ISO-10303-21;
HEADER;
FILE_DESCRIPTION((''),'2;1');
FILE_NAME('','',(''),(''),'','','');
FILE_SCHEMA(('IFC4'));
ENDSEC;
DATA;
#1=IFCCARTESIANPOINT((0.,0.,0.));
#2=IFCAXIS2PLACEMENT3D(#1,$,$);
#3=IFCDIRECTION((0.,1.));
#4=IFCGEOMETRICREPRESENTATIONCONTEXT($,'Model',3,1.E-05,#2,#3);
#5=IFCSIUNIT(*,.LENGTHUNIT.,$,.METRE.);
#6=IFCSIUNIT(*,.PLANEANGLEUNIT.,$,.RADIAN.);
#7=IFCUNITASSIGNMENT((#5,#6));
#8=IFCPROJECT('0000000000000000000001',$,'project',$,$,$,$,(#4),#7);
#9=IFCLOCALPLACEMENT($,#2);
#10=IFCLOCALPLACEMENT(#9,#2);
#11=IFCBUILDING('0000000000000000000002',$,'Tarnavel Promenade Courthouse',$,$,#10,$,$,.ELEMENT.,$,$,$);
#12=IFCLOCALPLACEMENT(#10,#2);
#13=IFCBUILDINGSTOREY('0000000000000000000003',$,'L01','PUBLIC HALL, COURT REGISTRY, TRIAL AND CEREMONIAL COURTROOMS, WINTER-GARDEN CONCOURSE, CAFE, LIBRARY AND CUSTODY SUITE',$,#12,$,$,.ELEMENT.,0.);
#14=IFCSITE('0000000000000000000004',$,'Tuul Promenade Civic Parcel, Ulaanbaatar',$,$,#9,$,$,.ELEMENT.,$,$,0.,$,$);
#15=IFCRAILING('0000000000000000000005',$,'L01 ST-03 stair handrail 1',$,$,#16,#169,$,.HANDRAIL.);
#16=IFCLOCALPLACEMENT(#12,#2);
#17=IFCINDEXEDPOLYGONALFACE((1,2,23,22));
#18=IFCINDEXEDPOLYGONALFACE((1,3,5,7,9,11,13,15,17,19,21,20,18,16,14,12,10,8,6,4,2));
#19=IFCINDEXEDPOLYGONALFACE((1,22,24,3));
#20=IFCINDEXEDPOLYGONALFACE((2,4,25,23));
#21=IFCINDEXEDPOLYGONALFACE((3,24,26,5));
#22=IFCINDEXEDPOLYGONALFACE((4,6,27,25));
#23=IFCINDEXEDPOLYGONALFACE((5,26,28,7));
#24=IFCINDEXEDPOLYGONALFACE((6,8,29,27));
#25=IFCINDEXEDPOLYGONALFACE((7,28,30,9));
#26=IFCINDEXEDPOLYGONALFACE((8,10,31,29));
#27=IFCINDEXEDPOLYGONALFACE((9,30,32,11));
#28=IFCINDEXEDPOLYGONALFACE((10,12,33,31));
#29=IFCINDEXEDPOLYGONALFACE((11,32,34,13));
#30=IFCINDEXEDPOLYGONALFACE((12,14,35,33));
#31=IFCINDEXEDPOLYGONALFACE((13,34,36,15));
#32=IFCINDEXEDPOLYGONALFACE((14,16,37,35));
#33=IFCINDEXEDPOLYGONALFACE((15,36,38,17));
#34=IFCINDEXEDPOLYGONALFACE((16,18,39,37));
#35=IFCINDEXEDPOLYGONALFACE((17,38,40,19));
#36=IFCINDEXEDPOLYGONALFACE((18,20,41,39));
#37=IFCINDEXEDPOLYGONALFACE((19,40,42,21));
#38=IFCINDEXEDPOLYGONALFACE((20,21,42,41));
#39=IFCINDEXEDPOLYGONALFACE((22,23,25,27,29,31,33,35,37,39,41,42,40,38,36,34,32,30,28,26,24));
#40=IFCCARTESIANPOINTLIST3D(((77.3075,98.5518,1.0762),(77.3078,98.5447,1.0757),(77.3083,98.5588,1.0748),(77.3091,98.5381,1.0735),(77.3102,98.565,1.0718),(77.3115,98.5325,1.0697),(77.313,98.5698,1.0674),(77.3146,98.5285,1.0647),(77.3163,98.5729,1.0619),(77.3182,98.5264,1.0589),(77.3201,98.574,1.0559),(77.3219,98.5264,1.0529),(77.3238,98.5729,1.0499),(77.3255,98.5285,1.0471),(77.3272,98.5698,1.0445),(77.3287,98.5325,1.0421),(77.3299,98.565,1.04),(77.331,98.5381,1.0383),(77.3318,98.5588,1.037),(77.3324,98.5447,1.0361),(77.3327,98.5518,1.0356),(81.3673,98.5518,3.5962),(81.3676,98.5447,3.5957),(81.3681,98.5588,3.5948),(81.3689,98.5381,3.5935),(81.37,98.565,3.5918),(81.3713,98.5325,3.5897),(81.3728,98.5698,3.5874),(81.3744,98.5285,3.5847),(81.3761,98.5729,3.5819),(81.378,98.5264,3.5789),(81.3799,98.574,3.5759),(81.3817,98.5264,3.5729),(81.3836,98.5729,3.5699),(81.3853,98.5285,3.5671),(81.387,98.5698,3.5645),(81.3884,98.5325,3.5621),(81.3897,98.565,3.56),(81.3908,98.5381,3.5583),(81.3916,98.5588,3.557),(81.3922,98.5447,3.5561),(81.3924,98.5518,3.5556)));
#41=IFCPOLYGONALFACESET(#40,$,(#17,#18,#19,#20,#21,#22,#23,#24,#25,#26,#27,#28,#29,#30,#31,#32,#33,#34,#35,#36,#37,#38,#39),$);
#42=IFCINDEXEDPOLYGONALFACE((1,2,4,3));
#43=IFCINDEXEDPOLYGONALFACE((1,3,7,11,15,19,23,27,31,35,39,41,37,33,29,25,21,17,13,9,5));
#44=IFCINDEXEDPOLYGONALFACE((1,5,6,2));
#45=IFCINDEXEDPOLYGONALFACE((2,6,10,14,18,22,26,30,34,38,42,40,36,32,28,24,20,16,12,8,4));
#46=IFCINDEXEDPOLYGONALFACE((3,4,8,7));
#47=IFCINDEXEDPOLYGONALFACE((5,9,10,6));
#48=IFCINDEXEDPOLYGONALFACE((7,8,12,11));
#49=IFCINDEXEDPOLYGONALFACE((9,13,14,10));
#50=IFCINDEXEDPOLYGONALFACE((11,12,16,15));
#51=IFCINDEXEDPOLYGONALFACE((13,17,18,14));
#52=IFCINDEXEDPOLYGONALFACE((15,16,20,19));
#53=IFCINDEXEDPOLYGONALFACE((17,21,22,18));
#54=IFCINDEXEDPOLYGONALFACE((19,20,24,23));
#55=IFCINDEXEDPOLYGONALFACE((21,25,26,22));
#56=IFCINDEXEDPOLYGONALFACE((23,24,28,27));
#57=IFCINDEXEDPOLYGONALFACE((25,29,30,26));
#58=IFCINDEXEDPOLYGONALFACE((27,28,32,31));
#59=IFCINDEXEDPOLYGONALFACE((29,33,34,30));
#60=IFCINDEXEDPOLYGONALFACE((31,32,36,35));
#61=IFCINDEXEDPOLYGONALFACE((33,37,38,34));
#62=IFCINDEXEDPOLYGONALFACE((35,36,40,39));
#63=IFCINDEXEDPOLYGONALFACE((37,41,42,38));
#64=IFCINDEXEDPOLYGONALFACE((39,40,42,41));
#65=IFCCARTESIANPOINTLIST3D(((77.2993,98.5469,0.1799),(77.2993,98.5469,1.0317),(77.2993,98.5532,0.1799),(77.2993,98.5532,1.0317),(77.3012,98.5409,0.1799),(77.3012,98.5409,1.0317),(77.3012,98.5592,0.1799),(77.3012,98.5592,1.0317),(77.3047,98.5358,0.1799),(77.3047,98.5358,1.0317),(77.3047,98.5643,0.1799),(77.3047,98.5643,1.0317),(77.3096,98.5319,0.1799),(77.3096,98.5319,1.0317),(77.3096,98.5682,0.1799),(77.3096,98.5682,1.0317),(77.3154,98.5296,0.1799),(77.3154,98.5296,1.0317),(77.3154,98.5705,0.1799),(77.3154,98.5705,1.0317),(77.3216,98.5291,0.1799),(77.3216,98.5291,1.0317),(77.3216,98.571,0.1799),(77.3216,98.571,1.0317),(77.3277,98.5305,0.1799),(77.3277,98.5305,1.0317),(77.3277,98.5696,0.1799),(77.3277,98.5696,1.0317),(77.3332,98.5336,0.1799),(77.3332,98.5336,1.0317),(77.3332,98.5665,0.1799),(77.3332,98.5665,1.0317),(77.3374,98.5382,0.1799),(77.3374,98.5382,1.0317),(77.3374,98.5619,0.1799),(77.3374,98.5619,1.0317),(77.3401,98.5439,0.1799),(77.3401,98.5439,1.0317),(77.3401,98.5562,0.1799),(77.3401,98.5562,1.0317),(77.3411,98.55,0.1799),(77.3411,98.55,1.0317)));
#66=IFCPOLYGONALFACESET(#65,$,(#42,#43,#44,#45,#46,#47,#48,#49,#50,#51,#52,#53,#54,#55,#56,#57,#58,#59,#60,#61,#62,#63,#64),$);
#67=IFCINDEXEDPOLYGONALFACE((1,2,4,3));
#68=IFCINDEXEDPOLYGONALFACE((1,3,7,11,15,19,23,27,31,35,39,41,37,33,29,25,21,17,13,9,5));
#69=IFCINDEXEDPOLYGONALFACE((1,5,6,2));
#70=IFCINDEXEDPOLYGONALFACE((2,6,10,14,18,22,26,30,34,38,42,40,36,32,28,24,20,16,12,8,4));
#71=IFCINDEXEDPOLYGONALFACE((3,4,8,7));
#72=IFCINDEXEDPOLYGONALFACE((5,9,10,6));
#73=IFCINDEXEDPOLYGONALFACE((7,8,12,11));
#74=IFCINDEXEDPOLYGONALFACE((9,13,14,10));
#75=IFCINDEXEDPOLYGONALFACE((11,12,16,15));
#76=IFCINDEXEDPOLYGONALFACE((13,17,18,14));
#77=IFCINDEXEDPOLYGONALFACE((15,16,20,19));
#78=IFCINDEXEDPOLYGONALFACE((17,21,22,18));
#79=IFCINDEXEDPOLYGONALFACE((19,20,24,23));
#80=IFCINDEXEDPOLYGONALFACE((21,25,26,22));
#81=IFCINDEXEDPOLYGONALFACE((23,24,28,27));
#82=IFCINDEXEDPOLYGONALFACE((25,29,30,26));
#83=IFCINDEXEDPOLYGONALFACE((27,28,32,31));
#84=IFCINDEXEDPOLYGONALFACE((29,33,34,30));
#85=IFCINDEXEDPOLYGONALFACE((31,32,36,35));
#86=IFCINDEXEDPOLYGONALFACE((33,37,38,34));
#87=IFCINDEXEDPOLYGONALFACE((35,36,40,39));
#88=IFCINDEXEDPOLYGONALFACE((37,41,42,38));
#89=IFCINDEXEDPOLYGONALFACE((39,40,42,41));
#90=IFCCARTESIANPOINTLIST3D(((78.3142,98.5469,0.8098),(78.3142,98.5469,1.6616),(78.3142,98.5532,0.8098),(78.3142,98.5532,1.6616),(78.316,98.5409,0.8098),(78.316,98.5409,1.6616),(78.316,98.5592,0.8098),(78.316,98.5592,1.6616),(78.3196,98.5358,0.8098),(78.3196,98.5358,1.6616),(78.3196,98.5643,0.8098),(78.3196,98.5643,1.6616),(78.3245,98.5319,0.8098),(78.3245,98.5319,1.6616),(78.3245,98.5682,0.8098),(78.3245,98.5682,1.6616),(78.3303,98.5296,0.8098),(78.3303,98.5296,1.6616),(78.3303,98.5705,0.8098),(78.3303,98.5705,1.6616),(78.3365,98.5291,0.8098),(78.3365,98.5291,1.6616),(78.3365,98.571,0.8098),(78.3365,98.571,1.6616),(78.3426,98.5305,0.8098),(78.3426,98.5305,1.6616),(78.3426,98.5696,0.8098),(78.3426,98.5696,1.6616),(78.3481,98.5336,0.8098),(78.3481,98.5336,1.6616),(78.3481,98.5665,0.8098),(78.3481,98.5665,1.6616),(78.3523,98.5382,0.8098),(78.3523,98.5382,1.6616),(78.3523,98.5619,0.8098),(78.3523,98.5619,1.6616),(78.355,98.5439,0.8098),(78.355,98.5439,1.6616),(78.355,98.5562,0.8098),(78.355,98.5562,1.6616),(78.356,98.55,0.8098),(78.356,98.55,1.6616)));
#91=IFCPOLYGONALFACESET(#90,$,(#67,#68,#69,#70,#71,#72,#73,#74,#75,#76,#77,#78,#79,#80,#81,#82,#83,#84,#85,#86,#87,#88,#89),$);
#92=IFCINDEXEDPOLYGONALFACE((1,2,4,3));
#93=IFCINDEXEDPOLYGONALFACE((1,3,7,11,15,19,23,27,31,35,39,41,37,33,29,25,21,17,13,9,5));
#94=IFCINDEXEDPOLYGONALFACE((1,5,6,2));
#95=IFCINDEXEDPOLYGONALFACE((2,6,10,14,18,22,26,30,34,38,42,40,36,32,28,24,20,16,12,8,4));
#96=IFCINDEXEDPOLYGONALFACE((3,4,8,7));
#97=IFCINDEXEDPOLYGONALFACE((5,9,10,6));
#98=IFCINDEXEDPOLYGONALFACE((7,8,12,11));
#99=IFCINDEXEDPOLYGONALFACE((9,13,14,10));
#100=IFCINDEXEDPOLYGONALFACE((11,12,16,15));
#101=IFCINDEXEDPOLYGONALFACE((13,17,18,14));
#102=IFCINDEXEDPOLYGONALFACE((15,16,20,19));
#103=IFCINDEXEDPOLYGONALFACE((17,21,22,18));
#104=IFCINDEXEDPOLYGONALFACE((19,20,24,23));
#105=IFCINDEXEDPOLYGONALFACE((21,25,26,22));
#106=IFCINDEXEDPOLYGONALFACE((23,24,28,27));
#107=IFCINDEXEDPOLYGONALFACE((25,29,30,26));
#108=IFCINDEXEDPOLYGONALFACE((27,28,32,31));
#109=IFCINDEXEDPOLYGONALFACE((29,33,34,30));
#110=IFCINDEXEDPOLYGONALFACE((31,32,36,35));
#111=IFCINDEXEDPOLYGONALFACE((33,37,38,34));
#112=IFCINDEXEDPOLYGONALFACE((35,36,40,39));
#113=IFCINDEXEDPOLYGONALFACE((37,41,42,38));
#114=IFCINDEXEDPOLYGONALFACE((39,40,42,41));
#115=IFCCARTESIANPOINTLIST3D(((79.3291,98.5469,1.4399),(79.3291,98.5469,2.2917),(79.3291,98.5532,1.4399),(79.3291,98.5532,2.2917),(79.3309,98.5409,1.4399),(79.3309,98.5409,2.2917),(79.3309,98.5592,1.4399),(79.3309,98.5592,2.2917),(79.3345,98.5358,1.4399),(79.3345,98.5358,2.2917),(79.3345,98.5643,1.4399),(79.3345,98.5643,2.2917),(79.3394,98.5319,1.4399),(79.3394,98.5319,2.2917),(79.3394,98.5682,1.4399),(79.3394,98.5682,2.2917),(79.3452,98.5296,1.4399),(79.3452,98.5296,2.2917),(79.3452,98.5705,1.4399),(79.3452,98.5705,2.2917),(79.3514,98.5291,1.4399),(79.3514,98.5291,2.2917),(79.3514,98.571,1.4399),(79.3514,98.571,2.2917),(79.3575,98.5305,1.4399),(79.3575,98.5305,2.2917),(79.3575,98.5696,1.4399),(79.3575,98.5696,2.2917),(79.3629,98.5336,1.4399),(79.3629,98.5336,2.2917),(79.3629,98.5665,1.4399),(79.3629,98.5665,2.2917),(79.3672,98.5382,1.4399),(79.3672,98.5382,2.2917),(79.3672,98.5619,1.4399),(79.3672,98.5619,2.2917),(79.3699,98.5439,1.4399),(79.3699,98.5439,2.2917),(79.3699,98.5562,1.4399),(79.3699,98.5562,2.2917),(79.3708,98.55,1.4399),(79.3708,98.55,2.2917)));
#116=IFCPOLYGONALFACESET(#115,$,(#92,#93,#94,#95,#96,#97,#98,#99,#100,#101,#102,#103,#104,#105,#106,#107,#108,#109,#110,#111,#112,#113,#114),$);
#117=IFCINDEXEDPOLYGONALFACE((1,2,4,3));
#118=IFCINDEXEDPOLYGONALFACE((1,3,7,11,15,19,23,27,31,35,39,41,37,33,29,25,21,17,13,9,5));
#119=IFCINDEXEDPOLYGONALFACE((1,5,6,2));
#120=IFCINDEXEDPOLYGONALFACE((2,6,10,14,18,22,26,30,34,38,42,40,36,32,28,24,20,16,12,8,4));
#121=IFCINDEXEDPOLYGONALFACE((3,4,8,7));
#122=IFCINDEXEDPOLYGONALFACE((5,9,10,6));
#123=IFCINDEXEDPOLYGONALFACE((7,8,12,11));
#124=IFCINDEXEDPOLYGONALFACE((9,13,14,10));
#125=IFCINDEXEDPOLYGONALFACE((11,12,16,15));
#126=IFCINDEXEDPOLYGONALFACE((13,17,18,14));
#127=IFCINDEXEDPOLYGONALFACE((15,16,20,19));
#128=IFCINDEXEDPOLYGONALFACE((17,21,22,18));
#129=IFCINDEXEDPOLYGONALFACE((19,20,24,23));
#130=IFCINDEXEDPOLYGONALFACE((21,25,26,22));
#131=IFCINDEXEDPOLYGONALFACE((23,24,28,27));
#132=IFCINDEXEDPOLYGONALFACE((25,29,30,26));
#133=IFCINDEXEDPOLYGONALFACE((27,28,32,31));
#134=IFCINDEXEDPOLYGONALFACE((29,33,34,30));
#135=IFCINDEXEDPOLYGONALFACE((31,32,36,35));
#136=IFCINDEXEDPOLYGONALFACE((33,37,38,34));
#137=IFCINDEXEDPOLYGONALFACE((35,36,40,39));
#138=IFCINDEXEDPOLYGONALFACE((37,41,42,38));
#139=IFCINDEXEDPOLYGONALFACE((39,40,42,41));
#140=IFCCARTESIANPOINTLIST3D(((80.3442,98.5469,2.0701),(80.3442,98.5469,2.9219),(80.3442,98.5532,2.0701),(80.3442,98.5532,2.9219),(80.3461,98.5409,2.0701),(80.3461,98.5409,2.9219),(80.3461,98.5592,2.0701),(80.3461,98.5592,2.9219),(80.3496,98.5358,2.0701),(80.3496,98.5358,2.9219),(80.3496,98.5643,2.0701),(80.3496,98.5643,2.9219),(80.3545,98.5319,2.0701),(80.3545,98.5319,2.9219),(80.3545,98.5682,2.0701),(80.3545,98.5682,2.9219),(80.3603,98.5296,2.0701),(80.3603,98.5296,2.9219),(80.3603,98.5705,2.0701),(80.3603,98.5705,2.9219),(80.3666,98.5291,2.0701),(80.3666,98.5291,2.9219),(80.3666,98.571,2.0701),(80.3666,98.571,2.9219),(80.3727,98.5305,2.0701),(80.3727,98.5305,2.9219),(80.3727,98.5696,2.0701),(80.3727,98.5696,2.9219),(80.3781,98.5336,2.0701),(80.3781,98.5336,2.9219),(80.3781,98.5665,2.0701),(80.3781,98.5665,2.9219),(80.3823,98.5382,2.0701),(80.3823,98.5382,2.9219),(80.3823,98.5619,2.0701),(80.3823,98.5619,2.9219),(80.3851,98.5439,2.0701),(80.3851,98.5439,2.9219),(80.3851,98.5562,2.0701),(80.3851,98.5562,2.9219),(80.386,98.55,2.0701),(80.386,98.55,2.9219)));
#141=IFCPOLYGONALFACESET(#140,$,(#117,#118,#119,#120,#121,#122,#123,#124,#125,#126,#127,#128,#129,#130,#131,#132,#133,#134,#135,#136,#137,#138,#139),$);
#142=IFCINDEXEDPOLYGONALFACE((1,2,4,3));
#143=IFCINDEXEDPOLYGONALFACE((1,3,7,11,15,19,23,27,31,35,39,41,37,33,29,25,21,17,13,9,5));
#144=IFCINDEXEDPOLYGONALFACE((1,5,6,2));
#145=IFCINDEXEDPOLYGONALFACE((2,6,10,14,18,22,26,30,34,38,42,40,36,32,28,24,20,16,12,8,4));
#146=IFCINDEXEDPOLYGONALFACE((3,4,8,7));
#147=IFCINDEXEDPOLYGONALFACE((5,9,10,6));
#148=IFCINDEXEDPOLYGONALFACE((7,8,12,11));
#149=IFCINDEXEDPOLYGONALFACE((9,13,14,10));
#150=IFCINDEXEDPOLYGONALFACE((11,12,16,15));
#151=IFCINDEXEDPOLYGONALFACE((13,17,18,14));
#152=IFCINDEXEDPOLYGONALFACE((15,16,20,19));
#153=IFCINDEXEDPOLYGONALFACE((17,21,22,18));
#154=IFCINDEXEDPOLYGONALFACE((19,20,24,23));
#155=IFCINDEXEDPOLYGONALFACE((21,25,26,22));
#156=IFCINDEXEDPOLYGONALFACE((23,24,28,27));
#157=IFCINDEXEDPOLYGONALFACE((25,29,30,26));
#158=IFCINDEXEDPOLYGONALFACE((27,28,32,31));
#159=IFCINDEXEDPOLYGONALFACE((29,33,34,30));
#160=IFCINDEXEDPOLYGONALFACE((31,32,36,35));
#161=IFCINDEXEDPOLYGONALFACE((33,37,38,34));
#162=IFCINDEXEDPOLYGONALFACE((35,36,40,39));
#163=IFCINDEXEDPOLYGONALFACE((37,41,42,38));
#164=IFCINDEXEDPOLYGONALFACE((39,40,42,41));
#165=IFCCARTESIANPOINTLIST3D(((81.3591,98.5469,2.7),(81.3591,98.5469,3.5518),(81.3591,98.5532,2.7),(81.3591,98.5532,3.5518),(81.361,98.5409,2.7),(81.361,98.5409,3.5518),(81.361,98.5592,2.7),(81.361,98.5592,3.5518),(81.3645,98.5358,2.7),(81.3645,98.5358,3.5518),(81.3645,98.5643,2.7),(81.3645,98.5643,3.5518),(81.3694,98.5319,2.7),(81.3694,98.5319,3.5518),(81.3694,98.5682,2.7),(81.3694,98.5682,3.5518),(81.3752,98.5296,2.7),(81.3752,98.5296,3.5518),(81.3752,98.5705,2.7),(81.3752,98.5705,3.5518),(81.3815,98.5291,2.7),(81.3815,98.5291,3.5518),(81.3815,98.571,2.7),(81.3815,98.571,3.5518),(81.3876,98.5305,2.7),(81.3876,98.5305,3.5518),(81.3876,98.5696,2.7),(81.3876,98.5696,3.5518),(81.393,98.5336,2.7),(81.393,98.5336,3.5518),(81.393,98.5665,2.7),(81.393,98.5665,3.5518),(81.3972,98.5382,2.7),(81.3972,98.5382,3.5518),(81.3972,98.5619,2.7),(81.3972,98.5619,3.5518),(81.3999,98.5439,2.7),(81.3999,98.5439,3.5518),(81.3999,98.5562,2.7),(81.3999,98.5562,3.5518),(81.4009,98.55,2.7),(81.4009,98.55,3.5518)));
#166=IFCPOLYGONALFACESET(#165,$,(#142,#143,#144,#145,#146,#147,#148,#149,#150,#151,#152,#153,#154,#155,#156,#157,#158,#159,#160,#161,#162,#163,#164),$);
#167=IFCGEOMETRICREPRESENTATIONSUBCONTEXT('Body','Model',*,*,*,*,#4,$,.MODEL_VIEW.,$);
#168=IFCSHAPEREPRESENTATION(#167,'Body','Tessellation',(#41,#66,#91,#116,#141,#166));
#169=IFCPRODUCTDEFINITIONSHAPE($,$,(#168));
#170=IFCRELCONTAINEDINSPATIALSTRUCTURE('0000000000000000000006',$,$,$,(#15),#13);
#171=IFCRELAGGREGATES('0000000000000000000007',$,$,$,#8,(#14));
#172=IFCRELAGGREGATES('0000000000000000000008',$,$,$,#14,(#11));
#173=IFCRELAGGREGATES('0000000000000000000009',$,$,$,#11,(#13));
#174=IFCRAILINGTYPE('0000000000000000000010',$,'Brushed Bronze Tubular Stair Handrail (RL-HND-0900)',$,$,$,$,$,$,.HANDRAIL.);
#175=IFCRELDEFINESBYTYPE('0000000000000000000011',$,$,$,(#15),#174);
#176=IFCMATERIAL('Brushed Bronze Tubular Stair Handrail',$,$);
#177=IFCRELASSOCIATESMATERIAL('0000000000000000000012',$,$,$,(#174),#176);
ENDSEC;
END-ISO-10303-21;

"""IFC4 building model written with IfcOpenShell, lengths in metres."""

from ifc_helpers import new_model, si_unit, direction, frame, origin, origin_2d, place, context, subcontext, project, spatial, circle, extrude, material, type_object, element, save


model = new_model("IFC4")

# Units and contexts
model_context = context("Model", 3, precision=1e-05, world=origin(), true_north=direction((0.0, 1.0)))
body_context = subcontext(model_context, "Body", "Model", "MODEL_VIEW")
ifc_project = project(units=[si_unit("LENGTHUNIT", "METRE"), si_unit("PLANEANGLEUNIT", "RADIAN")], contexts=[model_context])

# Site, building, storey
site_placement = place(None, origin())
site = spatial("IfcSite", under=ifc_project, at=site_placement, Name="Tuul Promenade Civic Parcel, Ulaanbaatar", CompositionType="ELEMENT", RefElevation=0.0)
building_placement = place(site_placement, origin())
building = spatial("IfcBuilding", under=site, at=building_placement, Name="Tarnavel Promenade Courthouse", CompositionType="ELEMENT")
storey_placement = place(building_placement, origin())
storey = spatial("IfcBuildingStorey", under=building, at=storey_placement, Name="L01", Description="PUBLIC HALL, COURT REGISTRY, TRIAL AND CEREMONIAL COURTROOMS, WINTER-GARDEN CONCOURSE, CAFE, LIBRARY AND CUSTODY SUITE", CompositionType="ELEMENT", Elevation=0.0)

# Railing
ifc_material_1 = material(Name="Brushed Bronze Tubular Stair Handrail")
railing_type_1 = type_object("IfcRailingType", Name="Brushed Bronze Tubular Stair Handrail (RL-HND-0900)", PredefinedType="HANDRAIL", material=ifc_material_1)
railing_1_placement = place(storey_placement, frame((77.3201, 98.55, 0.1799)))
element("IfcRailing", 1, at=railing_1_placement, inside=storey, type_object=railing_type_1, Name="L01 ST-03 stair handrail 1", PredefinedType="HANDRAIL", context=body_context, shape_type="SweptSolid", body=[
    extrude(circle(Radius=0.0239, at=origin_2d()), frame((0.0, 0.0, 0.876), z_axis=(0.849628, 0.0, 0.527383), x_axis=(0.0, 1.0, 0.0)), (0.0, 0.0, 1.0), 4.7783),
    extrude(circle(Radius=0.021, at=origin_2d()), origin(), (0.0, 0.0, 1.0), 0.8518),
    extrude(circle(Radius=0.021, at=origin_2d()), frame((1.0149, 0.0, 0.6299)), (0.0, 0.0, 1.0), 0.8518),
    extrude(circle(Radius=0.021, at=origin_2d()), frame((2.0298, 0.0, 1.26)), (0.0, 0.0, 1.0), 0.8518),
    extrude(circle(Radius=0.021, at=origin_2d()), frame((3.0449, 0.0, 1.8901)), (0.0, 0.0, 1.0), 0.8518),
    extrude(circle(Radius=0.021, at=origin_2d()), frame((4.0598, 0.0, 2.52)), (0.0, 0.0, 1.0), 0.8518),
])

save(model, "model.ifc")
